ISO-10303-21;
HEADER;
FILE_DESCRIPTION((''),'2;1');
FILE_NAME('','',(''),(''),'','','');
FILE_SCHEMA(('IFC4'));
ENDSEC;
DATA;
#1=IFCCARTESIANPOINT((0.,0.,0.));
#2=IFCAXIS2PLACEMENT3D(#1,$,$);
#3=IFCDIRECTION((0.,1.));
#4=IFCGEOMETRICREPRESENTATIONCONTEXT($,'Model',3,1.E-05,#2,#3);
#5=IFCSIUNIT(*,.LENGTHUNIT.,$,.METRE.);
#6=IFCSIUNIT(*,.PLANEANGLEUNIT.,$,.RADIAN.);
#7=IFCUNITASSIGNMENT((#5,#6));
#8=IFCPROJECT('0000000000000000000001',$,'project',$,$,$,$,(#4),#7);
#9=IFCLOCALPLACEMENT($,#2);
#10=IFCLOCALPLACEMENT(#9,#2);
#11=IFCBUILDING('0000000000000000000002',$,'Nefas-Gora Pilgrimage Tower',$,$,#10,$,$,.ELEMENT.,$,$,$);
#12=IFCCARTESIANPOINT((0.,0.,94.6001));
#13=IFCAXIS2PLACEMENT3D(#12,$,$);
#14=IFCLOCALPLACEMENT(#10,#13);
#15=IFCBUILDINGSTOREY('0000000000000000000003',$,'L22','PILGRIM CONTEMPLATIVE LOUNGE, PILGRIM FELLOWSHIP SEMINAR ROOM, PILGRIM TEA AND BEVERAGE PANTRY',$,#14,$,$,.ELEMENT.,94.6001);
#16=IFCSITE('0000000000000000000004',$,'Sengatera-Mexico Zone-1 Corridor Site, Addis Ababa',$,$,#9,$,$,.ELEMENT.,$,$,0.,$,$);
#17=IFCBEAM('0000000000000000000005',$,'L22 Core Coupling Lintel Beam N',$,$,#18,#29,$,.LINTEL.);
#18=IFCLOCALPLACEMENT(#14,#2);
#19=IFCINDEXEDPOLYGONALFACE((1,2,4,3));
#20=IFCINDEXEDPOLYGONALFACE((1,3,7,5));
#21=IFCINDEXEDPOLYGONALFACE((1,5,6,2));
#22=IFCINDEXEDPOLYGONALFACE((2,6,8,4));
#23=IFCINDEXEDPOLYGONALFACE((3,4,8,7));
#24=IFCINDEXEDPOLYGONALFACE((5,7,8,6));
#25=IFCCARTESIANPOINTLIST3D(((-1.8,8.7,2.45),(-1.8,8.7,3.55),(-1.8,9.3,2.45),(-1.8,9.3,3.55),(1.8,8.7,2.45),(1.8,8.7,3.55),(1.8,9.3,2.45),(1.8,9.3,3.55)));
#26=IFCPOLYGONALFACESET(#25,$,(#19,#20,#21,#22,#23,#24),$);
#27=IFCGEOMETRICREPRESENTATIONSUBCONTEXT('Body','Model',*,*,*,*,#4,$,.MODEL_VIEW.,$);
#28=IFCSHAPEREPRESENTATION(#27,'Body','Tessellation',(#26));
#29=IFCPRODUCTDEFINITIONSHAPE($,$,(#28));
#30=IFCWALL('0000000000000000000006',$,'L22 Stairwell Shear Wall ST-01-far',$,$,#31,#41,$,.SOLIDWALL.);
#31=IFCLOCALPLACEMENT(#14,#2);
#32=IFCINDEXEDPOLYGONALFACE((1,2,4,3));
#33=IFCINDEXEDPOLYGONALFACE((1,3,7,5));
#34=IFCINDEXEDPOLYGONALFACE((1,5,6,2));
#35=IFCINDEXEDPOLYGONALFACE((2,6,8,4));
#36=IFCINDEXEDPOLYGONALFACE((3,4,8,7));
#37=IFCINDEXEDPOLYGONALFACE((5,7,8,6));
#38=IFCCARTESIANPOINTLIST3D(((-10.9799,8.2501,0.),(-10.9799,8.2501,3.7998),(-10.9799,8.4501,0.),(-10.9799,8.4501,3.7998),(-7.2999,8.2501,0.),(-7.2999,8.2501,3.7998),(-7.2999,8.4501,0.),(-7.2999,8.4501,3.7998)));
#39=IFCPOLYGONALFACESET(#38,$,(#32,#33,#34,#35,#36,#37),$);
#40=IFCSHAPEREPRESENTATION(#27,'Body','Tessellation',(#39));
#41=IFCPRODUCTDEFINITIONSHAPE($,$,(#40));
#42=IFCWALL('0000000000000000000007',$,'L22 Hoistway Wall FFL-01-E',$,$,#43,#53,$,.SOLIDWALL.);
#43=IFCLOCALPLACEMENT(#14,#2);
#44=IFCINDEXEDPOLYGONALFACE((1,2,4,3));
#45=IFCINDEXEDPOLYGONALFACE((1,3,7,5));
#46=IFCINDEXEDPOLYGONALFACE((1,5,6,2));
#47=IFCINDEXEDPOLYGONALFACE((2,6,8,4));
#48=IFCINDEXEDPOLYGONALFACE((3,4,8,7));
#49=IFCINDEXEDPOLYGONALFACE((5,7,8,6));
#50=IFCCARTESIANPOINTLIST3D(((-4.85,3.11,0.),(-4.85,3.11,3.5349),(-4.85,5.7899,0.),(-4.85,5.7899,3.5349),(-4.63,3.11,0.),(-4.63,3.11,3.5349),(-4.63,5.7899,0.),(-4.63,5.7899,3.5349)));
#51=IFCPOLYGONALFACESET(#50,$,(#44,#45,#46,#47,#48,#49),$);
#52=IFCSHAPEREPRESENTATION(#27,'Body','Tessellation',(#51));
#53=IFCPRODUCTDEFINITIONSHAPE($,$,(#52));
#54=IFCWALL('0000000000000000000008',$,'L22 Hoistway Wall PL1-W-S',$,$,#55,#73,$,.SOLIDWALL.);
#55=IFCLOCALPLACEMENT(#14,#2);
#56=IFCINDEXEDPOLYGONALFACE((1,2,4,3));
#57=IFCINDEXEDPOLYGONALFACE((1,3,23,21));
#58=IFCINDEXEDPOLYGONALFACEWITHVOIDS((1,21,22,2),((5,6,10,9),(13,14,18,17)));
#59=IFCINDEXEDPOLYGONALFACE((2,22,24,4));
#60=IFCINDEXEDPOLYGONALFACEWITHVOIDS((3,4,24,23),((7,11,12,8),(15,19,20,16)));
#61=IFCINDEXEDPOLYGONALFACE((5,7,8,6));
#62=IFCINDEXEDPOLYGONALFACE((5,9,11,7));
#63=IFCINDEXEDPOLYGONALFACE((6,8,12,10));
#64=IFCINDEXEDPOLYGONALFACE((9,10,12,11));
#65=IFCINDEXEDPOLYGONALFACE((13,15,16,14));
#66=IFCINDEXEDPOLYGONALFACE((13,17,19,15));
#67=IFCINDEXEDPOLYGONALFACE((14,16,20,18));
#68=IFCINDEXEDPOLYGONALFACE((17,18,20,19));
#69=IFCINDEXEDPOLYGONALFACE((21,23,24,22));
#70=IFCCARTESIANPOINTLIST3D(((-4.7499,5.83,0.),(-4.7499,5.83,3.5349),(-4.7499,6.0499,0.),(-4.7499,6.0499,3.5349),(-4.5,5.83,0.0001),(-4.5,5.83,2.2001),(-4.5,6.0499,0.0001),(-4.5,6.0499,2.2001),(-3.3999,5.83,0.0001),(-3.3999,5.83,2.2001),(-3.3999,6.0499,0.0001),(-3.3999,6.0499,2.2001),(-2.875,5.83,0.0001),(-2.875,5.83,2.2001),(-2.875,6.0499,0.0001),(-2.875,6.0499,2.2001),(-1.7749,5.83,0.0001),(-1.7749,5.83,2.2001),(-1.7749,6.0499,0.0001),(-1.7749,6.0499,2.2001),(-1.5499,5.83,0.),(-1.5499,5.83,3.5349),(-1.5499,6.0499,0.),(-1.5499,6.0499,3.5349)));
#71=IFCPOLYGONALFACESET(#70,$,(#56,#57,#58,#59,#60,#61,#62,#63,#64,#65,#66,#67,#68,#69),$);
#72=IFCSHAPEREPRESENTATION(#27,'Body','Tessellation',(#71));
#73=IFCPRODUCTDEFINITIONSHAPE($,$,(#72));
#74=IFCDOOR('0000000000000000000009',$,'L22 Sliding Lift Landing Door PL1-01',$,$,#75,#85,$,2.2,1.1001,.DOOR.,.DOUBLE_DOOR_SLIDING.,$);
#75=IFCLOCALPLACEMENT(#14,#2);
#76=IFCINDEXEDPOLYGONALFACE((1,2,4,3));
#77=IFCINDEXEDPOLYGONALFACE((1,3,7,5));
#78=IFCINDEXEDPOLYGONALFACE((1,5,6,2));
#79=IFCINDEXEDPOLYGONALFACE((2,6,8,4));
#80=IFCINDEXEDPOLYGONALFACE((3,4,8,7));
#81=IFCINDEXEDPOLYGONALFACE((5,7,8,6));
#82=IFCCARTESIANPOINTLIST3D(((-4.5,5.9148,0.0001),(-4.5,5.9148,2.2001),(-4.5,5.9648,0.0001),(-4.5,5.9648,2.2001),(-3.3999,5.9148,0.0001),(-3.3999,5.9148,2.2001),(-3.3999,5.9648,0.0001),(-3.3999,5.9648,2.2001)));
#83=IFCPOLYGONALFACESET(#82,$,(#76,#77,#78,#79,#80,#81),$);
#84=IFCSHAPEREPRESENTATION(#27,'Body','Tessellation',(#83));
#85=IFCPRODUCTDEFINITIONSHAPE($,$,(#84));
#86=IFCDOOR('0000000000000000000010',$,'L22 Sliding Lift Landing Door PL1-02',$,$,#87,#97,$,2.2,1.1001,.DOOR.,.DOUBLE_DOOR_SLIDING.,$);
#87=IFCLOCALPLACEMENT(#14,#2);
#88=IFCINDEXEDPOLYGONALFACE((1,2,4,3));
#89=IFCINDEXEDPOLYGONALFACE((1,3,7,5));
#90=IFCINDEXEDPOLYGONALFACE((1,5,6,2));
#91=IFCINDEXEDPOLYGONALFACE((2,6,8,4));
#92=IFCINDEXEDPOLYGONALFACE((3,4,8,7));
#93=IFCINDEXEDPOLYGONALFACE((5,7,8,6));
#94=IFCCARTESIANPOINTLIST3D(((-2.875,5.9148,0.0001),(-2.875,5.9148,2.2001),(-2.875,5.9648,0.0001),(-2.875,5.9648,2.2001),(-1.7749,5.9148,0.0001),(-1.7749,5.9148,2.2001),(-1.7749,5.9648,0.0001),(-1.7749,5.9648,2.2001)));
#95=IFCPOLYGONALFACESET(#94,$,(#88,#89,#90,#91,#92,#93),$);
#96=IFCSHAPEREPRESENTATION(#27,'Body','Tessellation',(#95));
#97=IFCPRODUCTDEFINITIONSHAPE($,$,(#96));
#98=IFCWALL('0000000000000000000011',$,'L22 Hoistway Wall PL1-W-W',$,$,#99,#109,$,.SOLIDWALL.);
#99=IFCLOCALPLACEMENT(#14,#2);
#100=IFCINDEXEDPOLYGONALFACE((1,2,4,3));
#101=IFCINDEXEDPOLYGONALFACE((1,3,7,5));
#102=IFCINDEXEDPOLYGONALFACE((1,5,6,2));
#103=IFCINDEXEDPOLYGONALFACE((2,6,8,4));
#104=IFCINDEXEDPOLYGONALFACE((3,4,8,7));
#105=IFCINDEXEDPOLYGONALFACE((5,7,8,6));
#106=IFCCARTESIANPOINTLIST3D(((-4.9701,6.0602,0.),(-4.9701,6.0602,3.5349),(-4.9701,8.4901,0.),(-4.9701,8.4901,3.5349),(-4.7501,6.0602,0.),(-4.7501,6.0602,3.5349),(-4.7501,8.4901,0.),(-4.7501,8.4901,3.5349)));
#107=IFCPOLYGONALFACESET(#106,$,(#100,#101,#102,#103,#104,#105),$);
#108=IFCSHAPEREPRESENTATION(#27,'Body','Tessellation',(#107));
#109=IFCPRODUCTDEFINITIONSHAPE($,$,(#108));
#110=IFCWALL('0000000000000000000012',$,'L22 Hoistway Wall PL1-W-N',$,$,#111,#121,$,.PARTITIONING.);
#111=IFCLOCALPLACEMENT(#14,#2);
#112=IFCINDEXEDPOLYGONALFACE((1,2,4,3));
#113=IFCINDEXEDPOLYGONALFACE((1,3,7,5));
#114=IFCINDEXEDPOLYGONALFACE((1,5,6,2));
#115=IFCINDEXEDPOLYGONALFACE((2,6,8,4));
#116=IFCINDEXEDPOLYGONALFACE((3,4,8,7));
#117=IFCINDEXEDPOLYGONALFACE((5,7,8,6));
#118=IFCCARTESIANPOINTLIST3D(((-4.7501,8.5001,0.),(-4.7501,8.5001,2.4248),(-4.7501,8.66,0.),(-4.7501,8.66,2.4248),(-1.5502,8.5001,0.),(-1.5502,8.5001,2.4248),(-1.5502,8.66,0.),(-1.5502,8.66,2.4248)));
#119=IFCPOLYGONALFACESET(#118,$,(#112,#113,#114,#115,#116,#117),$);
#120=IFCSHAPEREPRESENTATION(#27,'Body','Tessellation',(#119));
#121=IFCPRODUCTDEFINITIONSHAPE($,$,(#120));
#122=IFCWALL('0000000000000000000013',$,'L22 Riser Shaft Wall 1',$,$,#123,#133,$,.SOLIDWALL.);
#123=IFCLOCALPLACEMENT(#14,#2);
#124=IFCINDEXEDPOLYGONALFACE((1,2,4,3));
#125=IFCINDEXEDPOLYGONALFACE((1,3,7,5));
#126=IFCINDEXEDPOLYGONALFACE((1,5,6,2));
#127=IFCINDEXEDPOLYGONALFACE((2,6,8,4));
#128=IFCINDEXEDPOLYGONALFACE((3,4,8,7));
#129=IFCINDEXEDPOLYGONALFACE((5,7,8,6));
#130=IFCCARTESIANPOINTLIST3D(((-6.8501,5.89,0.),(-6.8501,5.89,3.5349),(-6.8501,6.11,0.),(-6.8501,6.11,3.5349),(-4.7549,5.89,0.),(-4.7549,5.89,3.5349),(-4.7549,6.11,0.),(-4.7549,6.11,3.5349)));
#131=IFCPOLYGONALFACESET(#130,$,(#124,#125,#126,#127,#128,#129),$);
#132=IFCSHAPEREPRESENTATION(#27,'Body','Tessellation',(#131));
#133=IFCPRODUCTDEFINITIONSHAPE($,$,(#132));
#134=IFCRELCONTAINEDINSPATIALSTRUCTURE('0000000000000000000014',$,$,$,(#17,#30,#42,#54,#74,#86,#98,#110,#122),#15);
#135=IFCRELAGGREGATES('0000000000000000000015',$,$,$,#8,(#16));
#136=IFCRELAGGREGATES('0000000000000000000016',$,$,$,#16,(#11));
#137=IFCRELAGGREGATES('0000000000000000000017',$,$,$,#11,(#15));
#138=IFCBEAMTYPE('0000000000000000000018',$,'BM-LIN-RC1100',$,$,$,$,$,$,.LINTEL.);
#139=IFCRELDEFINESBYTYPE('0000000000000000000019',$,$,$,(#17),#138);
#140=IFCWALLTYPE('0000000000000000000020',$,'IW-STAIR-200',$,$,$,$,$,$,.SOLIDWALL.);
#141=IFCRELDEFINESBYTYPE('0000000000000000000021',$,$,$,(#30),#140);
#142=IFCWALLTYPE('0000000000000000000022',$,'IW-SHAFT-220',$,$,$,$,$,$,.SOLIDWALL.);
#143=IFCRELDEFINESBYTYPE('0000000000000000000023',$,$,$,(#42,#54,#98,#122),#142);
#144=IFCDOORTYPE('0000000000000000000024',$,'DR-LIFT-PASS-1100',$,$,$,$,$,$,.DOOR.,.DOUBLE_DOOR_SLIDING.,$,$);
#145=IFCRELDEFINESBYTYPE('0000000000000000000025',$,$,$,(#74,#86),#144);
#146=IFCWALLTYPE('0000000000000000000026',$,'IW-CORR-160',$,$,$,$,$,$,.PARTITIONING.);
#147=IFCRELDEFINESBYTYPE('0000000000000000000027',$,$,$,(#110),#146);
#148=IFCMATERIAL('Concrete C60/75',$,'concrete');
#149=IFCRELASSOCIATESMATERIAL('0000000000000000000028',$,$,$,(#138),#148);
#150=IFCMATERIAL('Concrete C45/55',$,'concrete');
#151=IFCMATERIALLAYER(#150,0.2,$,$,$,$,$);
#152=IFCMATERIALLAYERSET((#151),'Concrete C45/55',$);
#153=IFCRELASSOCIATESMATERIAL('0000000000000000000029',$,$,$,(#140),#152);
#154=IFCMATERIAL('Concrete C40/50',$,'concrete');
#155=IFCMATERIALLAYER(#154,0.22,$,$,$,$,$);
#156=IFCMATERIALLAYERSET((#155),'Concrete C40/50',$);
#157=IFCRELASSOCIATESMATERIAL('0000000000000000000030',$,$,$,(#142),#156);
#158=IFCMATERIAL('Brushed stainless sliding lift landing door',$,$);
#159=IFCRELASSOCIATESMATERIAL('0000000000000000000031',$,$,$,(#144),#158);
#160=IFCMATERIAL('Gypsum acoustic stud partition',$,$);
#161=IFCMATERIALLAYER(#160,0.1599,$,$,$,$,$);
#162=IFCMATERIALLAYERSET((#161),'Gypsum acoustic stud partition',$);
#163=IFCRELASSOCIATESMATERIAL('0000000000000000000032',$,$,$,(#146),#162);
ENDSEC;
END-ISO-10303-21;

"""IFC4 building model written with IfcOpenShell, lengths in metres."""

from ifc_helpers import new_model, si_unit, direction, frame, frame_2d, origin, origin_2d, place, context, subcontext, project, spatial, rectangle, extrude, source, transform, mapped, material, layer, layer_set, material_profile, profile_set, type_object, element, fill, save


model = new_model("IFC4")

# Units and contexts
model_context = context("Model", 3, precision=1e-05, world=origin(), true_north=direction((0.0, 1.0)))
body_context = subcontext(model_context, "Body", "Model", "MODEL_VIEW")
ifc_project = project(units=[si_unit("LENGTHUNIT", "METRE"), si_unit("PLANEANGLEUNIT", "RADIAN")], contexts=[model_context])

# Site, building, storey
site_placement = place(None, origin())
site = spatial("IfcSite", under=ifc_project, at=site_placement, Name="Sengatera-Mexico Zone-1 Corridor Site, Addis Ababa", CompositionType="ELEMENT", RefElevation=0.0)
building_placement = place(site_placement, origin())
building = spatial("IfcBuilding", under=site, at=building_placement, Name="Nefas-Gora Pilgrimage Tower", CompositionType="ELEMENT")
storey_placement = place(building_placement, frame((0.0, 0.0, 94.6001)))
storey = spatial("IfcBuildingStorey", under=building, at=storey_placement, Name="L22", Description="PILGRIM CONTEMPLATIVE LOUNGE, PILGRIM FELLOWSHIP SEMINAR ROOM, PILGRIM TEA AND BEVERAGE PANTRY", CompositionType="ELEMENT", Elevation=94.6001)

# Beam
ifc_material_1 = material(Name="Concrete C60/75", Category="concrete")
ifc_material_profile = material_profile(ifc_material_1, rectangle(XDim=0.6001, YDim=1.1001, at=origin_2d()), Name="RC 600x1100")
ifc_profile_set = profile_set([ifc_material_profile], Name="Concrete C60/75")
beam_type = type_object("IfcBeamType", Name="BM-LIN-RC1100", PredefinedType="LINTEL", material=ifc_profile_set)
shared_shape_1 = source(origin(), body_context, "Body", "SweptSolid", [
    extrude(rectangle(XDim=0.6001, YDim=1.1001, at=origin_2d()), origin(), (0.0, 0.0, 1.0), 3.6001),
])
beam_placement = place(storey_placement, frame((-1.8, 9.0, 3.0), z_axis=(1.0, 0.0, 0.0), x_axis=(0.0, 1.0, 0.0)))
element("IfcBeam", 1, at=beam_placement, inside=storey, type_object=beam_type, Name="L22 Core Coupling Lintel Beam N", PredefinedType="LINTEL", context=body_context, shape_type="MappedRepresentation", body=[
    mapped(shared_shape_1, transform((0.0, 0.0, 0.0), x_axis=(1.0, 0.0, 0.0), y_axis=(0.0, 1.0, 0.0), z_axis=(0.0, 0.0, 1.0), scale=1.0)),
])

# Walls
ifc_material_2 = material(Name="Concrete C45/55", Category="concrete")
ifc_layer_1 = layer(ifc_material_2, 0.2)
ifc_layer_set_1 = layer_set([ifc_layer_1], Name="Concrete C45/55")
wall_type_1 = type_object("IfcWallType", Name="IW-STAIR-200", PredefinedType="SOLIDWALL", material=ifc_layer_set_1)
shared_shape_2 = source(origin(), body_context, "Body", "SweptSolid", [
    extrude(rectangle(XDim=3.6799, YDim=0.2, at=frame_2d((1.8398, 0.0))), origin(), (0.0, 0.0, 1.0), 3.7998),
])
wall_1_placement = place(storey_placement, frame((-7.3, 8.3501, 0.0), z_axis=(0.0, 0.0, 1.0), x_axis=(-1.0, 0.0, 0.0)))
element("IfcWall", 2, at=wall_1_placement, inside=storey, type_object=wall_type_1, Name="L22 Stairwell Shear Wall ST-01-far", PredefinedType="SOLIDWALL", context=body_context, shape_type="MappedRepresentation", body=[
    mapped(shared_shape_2, transform((0.0, 0.0, 0.0), x_axis=(1.0, 0.0, 0.0), y_axis=(0.0, 1.0, 0.0), z_axis=(0.0, 0.0, 1.0), scale=1.0)),
])
ifc_material_3 = material(Name="Concrete C40/50", Category="concrete")
ifc_layer_2 = layer(ifc_material_3, 0.22)
ifc_layer_set_2 = layer_set([ifc_layer_2], Name="Concrete C40/50")
wall_type_2 = type_object("IfcWallType", Name="IW-SHAFT-220", PredefinedType="SOLIDWALL", material=ifc_layer_set_2)
shared_shape_3 = source(origin(), body_context, "Body", "SweptSolid", [
    extrude(rectangle(XDim=2.6799, YDim=0.22, at=frame_2d((1.3398, 0.0))), origin(), (0.0, 0.0, 1.0), 3.5349),
])
wall_2_placement = place(storey_placement, frame((-4.74, 3.1101, 0.0), z_axis=(0.0, 0.0, 1.0), x_axis=(0.0, 1.0, 0.0)))
element("IfcWall", 3, at=wall_2_placement, inside=storey, type_object=wall_type_2, Name="L22 Hoistway Wall FFL-01-E", PredefinedType="SOLIDWALL", context=body_context, shape_type="MappedRepresentation", body=[
    mapped(shared_shape_3, transform((0.0, 0.0, 0.0), x_axis=(1.0, 0.0, 0.0), y_axis=(0.0, 1.0, 0.0), z_axis=(0.0, 0.0, 1.0), scale=1.0)),
])

# Wall, openings, doors
shared_shape_4 = source(origin(), body_context, "Body", "SweptSolid", [
    extrude(rectangle(XDim=3.2, YDim=0.22, at=frame_2d((1.6001, 0.0))), origin(), (0.0, 0.0, 1.0), 3.5349),
])
wall_3_placement = place(storey_placement, frame((-4.75, 5.9399, 0.0), z_axis=(0.0, 0.0, 1.0), x_axis=(1.0, 0.0, 0.0)))
wall_3 = element("IfcWall", 4, at=wall_3_placement, inside=storey, type_object=wall_type_2, Name="L22 Hoistway Wall PL1-W-S", PredefinedType="SOLIDWALL", context=body_context, shape_type="MappedRepresentation", body=[
    mapped(shared_shape_4, transform((0.0, 0.0, 0.0), x_axis=(1.0, 0.0, 0.0), y_axis=(0.0, 1.0, 0.0), z_axis=(0.0, 0.0, 1.0), scale=1.0)),
])
opening_1_placement = place(wall_3_placement, frame((0.25, 0.0, 0.0)))
opening_1 = element("IfcOpeningElement", 5, at=opening_1_placement, cuts=wall_3, PredefinedType="OPENING", context=body_context, shape_type="SweptSolid", body=[
    extrude(rectangle(XDim=1.1001, YDim=2.2, at=frame_2d((0.55, 1.1001))), frame((0.0, 0.1199, 0.0), z_axis=(0.0, -1.0, 0.0), x_axis=(1.0, 0.0, 0.0)), (0.0, 0.0, 1.0), 0.24),
])
opening_2_placement = place(wall_3_placement, frame((1.875, 0.0, 0.0)))
opening_2 = element("IfcOpeningElement", 6, at=opening_2_placement, cuts=wall_3, PredefinedType="OPENING", context=body_context, shape_type="SweptSolid", body=[
    extrude(rectangle(XDim=1.1001, YDim=2.2, at=frame_2d((0.55, 1.1001))), frame((0.0, 0.1199, 0.0), z_axis=(0.0, -1.0, 0.0), x_axis=(1.0, 0.0, 0.0)), (0.0, 0.0, 1.0), 0.24),
])
ifc_material_4 = material(Name="Brushed stainless sliding lift landing door")
door_type_1 = type_object("IfcDoorType", Name="DR-LIFT-PASS-1100", OperationType="DOUBLE_DOOR_SLIDING", PredefinedType="DOOR", material=ifc_material_4)
shared_shape_5 = source(origin(), body_context, "Body", "SweptSolid", [
    extrude(rectangle(XDim=1.1001, YDim=2.2, at=frame_2d((0.55, 1.1001))), frame((0.0, 0.0249, 0.0), z_axis=(0.0, -1.0, 0.0), x_axis=(1.0, 0.0, 0.0)), (0.0, 0.0, 1.0), 0.05),
])
door_1_placement = place(opening_1_placement, origin())
door_1 = element("IfcDoor", 7, at=door_1_placement, inside=storey, type_object=door_type_1, Name="L22 Sliding Lift Landing Door PL1-01", OperationType="DOUBLE_DOOR_SLIDING", OverallHeight=2.2, OverallWidth=1.1001, PredefinedType="DOOR", context=body_context, shape_type="MappedRepresentation", body=[
    mapped(shared_shape_5, transform((0.0, 0.0, 0.0), x_axis=(1.0, 0.0, 0.0), y_axis=(0.0, 1.0, 0.0), z_axis=(0.0, 0.0, 1.0), scale=1.0)),
])
fill(opening_1, door_1)
door_2_placement = place(opening_2_placement, origin())
door_2 = element("IfcDoor", 8, at=door_2_placement, inside=storey, type_object=door_type_1, Name="L22 Sliding Lift Landing Door PL1-02", OperationType="DOUBLE_DOOR_SLIDING", OverallHeight=2.2, OverallWidth=1.1001, PredefinedType="DOOR", context=body_context, shape_type="MappedRepresentation", body=[
    mapped(shared_shape_5, transform((0.0, 0.0, 0.0), x_axis=(1.0, 0.0, 0.0), y_axis=(0.0, 1.0, 0.0), z_axis=(0.0, 0.0, 1.0), scale=1.0)),
])
fill(opening_2, door_2)

# Walls
shared_shape_6 = source(origin(), body_context, "Body", "SweptSolid", [
    extrude(rectangle(XDim=2.4299, YDim=0.22, at=frame_2d((1.2148, 0.0))), origin(), (0.0, 0.0, 1.0), 3.5349),
])
for number, where, z_axis, x_axis, name in (
    (9, (-4.8601, 8.49, 0.0), (0.0, 0.0, 1.0), (0.0, -1.0, 0.0), "L22 Hoistway Wall PL1-W-W"),
):
    element("IfcWall", number, at=place(storey_placement, frame(where, z_axis=z_axis, x_axis=x_axis)), inside=storey, type_object=wall_type_2, Name=name, PredefinedType="SOLIDWALL", context=body_context, shape_type="MappedRepresentation", body=[
        mapped(shared_shape_6, transform((0.0, 0.0, 0.0), x_axis=(1.0, 0.0, 0.0), y_axis=(0.0, 1.0, 0.0), z_axis=(0.0, 0.0, 1.0), scale=1.0)),
    ])
ifc_material_5 = material(Name="Gypsum acoustic stud partition")
ifc_layer_3 = layer(ifc_material_5, 0.1599)
ifc_layer_set_3 = layer_set([ifc_layer_3], Name="Gypsum acoustic stud partition")
wall_type_3 = type_object("IfcWallType", Name="IW-CORR-160", PredefinedType="PARTITIONING", material=ifc_layer_set_3)
shared_shape_7 = source(origin(), body_context, "Body", "SweptSolid", [
    extrude(rectangle(XDim=3.2, YDim=0.1599, at=frame_2d((1.6001, 0.0))), origin(), (0.0, 0.0, 1.0), 2.4248),
])
wall_4_placement = place(storey_placement, frame((-1.55, 8.5801, 0.0), z_axis=(0.0, 0.0, 1.0), x_axis=(-1.0, 0.0, 0.0)))
element("IfcWall", 10, at=wall_4_placement, inside=storey, type_object=wall_type_3, Name="L22 Hoistway Wall PL1-W-N", PredefinedType="PARTITIONING", context=body_context, shape_type="MappedRepresentation", body=[
    mapped(shared_shape_7, transform((0.0, 0.0, 0.0), x_axis=(1.0, 0.0, 0.0), y_axis=(0.0, 1.0, 0.0), z_axis=(0.0, 0.0, 1.0), scale=1.0)),
])
shared_shape_8 = source(origin(), body_context, "Body", "SweptSolid", [
    extrude(rectangle(XDim=2.0952, YDim=0.22, at=frame_2d((1.0476, 0.0))), origin(), (0.0, 0.0, 1.0), 3.5349),
])
wall_5_placement = place(storey_placement, frame((-6.8501, 6.0, 0.0), z_axis=(0.0, 0.0, 1.0), x_axis=(1.0, 0.0, 0.0)))
element("IfcWall", 11, at=wall_5_placement, inside=storey, type_object=wall_type_2, Name="L22 Riser Shaft Wall 1", PredefinedType="SOLIDWALL", context=body_context, shape_type="MappedRepresentation", body=[
    mapped(shared_shape_8, transform((0.0, 0.0, 0.0), x_axis=(1.0, 0.0, 0.0), y_axis=(0.0, 1.0, 0.0), z_axis=(0.0, 0.0, 1.0), scale=1.0)),
])

save(model, "model.ifc")
